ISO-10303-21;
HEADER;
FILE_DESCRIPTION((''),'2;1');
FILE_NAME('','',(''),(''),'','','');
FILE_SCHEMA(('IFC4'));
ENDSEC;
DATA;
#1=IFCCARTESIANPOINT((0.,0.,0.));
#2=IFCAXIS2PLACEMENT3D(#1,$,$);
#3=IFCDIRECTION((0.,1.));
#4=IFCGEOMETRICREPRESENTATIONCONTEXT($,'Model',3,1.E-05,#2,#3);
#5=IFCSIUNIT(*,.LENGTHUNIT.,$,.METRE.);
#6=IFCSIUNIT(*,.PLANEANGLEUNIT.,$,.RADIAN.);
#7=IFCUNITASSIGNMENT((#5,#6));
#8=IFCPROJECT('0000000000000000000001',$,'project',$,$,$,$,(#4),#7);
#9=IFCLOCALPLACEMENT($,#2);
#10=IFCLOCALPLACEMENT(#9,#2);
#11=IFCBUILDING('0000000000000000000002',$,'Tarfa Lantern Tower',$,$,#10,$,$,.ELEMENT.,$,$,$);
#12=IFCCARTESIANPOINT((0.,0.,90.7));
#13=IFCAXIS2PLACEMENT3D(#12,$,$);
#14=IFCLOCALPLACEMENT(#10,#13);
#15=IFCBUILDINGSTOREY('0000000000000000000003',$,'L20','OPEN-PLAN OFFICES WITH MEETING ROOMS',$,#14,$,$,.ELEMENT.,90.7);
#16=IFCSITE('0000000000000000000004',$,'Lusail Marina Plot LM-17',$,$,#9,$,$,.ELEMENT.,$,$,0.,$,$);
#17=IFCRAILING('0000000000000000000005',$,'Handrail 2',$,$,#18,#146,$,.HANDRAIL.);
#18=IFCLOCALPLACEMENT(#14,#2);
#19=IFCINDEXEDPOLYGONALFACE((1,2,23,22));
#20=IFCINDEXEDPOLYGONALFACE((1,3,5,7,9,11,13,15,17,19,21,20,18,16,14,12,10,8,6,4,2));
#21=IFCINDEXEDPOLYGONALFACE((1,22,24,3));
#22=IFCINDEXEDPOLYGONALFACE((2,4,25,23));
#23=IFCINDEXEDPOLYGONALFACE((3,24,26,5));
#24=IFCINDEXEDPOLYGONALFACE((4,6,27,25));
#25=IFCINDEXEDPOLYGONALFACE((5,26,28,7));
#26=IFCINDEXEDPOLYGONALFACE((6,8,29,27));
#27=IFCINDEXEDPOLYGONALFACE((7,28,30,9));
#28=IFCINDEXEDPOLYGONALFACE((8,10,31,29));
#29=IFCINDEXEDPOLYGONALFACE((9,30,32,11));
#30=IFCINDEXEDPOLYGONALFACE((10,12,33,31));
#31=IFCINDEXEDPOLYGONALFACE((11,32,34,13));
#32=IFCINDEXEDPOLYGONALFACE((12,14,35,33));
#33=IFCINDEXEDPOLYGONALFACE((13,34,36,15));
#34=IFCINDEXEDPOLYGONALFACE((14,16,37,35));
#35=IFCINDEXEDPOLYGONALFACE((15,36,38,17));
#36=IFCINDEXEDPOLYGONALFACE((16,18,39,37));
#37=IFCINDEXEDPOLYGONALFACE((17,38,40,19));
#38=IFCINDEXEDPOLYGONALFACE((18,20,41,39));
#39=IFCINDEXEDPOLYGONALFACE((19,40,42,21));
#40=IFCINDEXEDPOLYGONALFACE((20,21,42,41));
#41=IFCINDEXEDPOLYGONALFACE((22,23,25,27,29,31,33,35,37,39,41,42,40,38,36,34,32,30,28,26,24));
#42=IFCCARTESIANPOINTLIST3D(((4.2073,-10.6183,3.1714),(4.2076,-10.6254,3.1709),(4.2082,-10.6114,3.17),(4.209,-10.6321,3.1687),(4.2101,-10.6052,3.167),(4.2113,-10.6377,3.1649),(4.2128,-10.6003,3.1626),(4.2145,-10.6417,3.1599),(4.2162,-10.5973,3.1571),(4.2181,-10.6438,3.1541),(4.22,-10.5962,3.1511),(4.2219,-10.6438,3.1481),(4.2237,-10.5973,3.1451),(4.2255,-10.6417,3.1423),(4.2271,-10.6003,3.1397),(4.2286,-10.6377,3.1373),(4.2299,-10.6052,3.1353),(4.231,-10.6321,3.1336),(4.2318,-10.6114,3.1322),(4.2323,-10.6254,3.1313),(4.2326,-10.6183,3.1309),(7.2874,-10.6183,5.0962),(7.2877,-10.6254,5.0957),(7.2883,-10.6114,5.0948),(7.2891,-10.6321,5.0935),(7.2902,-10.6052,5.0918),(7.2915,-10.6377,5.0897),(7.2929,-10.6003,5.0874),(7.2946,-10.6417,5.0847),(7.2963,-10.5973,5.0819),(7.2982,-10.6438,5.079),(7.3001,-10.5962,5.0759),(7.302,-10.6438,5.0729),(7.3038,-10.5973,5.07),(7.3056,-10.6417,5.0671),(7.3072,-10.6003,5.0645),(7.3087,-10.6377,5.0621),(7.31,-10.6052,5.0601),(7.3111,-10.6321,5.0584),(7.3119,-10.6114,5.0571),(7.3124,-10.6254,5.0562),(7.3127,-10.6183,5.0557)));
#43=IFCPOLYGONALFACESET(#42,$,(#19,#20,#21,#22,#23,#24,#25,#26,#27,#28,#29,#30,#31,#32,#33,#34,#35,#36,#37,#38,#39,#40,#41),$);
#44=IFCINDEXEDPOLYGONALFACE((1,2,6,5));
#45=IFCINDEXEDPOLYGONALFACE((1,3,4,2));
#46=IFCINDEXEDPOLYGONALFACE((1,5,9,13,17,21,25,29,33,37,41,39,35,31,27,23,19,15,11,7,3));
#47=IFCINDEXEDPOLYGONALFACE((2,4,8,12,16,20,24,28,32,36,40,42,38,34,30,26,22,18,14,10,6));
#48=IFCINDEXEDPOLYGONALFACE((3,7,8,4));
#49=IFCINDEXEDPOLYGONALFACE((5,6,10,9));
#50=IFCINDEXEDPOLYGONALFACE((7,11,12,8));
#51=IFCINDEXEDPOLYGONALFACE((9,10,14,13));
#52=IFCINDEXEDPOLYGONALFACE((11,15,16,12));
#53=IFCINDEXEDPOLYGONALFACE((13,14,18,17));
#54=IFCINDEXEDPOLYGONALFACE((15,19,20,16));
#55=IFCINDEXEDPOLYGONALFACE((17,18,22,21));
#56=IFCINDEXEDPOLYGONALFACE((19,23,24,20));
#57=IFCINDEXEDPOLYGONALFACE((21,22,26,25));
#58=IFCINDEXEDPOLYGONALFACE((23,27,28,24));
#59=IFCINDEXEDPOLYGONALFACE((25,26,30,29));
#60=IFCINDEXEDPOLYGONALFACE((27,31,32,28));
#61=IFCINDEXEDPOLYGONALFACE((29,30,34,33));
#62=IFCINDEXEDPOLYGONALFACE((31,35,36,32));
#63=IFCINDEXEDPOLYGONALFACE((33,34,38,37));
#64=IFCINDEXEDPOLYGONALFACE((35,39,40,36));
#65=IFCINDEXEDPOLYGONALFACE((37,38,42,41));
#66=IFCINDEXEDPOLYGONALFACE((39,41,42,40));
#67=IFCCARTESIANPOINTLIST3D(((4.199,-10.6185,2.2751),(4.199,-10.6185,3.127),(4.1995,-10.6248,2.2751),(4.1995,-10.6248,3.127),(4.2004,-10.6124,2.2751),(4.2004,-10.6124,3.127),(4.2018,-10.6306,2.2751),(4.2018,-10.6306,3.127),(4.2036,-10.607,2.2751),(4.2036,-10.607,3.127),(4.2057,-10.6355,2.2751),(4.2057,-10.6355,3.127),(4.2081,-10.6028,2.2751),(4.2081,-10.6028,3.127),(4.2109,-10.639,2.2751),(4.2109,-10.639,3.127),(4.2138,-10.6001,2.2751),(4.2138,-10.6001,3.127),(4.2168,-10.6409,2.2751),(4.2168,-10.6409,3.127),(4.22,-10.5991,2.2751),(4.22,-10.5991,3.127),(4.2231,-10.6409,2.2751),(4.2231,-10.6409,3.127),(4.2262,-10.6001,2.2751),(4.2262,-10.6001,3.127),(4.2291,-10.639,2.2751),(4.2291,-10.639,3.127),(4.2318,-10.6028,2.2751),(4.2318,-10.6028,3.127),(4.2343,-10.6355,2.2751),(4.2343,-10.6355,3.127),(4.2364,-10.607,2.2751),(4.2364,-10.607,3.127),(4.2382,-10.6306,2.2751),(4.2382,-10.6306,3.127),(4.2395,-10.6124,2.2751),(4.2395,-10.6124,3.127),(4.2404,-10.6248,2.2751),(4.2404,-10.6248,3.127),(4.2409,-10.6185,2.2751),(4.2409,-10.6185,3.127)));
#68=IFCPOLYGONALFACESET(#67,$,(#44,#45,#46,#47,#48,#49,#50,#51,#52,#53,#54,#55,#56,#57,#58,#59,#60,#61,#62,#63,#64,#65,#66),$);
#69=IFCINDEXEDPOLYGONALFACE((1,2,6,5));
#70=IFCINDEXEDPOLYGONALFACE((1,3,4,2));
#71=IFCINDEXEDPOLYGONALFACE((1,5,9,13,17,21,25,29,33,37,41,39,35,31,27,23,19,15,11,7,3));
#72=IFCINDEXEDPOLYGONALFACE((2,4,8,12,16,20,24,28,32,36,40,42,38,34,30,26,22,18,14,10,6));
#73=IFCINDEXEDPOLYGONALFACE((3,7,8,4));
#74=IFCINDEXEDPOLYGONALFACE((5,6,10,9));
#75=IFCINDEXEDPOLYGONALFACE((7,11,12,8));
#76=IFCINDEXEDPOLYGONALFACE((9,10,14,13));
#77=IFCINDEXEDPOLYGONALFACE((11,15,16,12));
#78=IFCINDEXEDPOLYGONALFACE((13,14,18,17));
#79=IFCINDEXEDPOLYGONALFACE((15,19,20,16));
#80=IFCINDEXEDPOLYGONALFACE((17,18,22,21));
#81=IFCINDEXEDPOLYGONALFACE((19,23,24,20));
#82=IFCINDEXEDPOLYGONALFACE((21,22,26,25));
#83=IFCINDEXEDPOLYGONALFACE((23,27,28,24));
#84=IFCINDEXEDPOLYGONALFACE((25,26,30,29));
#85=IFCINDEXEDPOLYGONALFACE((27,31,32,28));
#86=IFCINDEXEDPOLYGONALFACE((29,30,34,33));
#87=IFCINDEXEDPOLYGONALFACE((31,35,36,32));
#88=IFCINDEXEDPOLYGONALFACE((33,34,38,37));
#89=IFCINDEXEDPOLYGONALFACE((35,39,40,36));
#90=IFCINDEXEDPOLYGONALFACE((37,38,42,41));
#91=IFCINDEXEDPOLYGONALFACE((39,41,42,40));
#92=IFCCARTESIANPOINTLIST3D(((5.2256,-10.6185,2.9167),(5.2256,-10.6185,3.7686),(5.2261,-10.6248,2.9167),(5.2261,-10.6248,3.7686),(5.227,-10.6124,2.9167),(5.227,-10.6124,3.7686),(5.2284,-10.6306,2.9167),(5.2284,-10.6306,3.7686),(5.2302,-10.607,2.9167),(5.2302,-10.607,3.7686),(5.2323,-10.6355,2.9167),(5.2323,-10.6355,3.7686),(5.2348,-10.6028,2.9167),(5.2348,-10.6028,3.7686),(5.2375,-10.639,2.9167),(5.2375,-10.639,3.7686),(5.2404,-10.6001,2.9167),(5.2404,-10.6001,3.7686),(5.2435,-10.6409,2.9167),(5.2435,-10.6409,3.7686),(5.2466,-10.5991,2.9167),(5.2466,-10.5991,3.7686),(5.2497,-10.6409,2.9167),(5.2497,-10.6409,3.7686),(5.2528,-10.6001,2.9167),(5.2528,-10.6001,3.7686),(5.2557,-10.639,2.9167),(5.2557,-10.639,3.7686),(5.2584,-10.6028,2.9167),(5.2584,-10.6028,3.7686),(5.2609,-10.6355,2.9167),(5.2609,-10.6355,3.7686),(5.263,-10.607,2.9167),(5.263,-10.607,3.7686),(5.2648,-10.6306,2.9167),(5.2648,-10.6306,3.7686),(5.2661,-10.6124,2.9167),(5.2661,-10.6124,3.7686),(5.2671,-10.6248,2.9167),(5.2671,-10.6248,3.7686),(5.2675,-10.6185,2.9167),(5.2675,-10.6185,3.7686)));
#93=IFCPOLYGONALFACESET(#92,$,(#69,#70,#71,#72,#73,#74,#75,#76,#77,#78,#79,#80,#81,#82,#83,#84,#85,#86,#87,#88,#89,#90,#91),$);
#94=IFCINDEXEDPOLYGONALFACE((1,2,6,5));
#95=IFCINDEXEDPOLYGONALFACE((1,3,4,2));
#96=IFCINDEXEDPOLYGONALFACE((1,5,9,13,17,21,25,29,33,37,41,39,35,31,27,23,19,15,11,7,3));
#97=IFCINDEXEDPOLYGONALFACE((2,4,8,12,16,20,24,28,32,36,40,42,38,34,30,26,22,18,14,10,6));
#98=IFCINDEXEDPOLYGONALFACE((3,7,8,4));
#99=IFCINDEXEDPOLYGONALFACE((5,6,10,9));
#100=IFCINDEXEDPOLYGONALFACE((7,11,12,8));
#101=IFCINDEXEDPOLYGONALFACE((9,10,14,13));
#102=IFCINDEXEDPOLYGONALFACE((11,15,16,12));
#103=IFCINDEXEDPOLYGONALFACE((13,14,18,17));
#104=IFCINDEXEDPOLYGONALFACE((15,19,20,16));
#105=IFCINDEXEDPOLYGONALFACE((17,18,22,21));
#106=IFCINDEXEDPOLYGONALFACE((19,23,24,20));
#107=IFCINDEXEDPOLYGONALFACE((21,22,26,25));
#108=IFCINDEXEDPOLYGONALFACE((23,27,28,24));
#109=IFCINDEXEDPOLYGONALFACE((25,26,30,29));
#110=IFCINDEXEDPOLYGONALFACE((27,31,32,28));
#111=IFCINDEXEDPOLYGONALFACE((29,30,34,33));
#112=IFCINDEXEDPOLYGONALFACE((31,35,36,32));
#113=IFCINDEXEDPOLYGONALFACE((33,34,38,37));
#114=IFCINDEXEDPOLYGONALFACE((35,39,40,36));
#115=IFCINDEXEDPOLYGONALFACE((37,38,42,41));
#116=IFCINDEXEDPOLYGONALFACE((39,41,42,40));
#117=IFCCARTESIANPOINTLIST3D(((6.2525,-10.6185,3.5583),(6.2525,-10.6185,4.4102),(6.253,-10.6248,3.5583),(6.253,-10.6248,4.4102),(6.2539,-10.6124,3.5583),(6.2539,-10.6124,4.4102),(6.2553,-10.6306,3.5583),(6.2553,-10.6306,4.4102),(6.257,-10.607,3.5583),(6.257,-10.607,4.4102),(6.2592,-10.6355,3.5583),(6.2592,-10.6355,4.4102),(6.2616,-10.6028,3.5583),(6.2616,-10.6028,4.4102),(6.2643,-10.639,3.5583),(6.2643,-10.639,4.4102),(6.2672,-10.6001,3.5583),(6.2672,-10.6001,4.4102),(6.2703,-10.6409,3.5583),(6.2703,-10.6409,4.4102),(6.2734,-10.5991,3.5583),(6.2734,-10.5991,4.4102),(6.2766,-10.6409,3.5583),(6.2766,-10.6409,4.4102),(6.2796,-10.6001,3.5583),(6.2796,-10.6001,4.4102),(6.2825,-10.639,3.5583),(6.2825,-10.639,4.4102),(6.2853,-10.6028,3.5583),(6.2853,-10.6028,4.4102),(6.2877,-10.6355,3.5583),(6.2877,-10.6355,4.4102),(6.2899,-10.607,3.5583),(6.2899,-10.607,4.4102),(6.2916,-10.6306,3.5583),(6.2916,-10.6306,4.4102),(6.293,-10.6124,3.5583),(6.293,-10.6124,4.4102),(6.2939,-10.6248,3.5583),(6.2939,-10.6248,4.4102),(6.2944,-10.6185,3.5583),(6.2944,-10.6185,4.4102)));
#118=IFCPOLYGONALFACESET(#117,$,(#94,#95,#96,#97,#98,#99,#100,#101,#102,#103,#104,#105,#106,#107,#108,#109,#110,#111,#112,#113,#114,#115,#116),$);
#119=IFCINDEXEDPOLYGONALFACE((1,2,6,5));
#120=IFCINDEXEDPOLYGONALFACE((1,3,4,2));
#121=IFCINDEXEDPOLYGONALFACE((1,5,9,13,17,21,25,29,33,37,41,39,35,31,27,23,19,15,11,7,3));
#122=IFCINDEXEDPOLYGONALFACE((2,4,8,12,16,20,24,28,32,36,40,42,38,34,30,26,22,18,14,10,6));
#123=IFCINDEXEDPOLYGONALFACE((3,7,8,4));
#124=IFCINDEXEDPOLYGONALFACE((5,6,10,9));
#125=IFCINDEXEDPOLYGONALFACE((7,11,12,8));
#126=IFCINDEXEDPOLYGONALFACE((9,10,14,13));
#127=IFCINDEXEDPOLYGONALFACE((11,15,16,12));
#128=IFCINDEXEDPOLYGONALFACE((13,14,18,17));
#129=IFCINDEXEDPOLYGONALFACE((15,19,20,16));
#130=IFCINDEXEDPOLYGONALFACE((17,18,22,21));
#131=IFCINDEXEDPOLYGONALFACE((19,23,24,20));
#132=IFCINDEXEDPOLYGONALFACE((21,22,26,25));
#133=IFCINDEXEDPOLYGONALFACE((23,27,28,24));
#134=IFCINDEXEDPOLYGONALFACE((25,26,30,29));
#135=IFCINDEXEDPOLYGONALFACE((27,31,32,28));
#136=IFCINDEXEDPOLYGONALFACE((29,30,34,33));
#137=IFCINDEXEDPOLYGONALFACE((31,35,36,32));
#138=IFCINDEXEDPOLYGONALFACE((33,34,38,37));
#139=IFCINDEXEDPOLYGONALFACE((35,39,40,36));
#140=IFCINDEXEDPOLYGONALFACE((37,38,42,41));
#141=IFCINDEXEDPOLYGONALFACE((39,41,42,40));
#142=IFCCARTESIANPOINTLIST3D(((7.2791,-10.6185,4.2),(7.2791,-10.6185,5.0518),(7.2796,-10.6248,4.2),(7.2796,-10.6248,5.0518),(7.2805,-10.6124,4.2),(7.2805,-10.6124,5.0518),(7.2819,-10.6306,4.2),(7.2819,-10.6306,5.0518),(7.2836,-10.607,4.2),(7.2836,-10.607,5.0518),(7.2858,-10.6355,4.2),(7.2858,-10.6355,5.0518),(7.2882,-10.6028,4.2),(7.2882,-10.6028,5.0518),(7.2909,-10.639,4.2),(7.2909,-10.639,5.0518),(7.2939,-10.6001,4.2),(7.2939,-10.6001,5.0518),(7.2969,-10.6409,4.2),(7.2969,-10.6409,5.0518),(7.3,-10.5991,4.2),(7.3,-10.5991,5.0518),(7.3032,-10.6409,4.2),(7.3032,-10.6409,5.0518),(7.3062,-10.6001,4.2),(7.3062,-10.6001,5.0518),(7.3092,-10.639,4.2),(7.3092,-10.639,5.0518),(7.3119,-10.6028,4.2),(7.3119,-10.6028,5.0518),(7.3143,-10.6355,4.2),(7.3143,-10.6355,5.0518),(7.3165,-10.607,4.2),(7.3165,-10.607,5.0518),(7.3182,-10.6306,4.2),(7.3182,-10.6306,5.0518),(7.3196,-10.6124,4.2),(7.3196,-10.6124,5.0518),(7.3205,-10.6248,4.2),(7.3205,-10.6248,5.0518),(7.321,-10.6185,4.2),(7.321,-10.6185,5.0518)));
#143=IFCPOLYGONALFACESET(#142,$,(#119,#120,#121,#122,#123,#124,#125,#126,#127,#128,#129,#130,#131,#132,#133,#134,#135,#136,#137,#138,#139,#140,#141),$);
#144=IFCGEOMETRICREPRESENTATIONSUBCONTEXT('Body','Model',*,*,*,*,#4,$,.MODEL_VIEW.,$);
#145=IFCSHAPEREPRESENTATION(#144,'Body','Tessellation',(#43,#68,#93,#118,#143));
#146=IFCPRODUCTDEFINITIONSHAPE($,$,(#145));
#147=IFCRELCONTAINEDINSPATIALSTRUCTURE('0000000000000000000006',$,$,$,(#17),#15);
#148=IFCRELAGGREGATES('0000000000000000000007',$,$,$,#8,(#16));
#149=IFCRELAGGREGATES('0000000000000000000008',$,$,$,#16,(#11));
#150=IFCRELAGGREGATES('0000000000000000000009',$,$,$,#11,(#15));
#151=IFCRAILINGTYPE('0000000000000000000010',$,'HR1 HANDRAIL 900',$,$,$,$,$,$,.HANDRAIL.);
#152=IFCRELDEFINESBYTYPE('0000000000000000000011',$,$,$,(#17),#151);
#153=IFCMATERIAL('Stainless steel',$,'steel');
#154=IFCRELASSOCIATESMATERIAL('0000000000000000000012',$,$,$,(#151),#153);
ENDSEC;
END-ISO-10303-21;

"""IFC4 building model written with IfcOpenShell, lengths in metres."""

from ifc_helpers import new_model, si_unit, direction, frame, origin, origin_2d, place, context, subcontext, project, spatial, circle, extrude, material, type_object, element, save


model = new_model("IFC4")

# Units and contexts
model_context = context("Model", 3, precision=1e-05, world=origin(), true_north=direction((0.0, 1.0)))
body_context = subcontext(model_context, "Body", "Model", "MODEL_VIEW")
ifc_project = project(units=[si_unit("LENGTHUNIT", "METRE"), si_unit("PLANEANGLEUNIT", "RADIAN")], contexts=[model_context])

# Site, building, storey
site_placement = place(None, origin())
site = spatial("IfcSite", under=ifc_project, at=site_placement, Name="Lusail Marina Plot LM-17", CompositionType="ELEMENT", RefElevation=0.0)
building_placement = place(site_placement, origin())
building = spatial("IfcBuilding", under=site, at=building_placement, Name="Tarfa Lantern Tower", CompositionType="ELEMENT")
storey_placement = place(building_placement, frame((0.0, 0.0, 90.7)))
storey = spatial("IfcBuildingStorey", under=building, at=storey_placement, Name="L20", Description="OPEN-PLAN OFFICES WITH MEETING ROOMS", CompositionType="ELEMENT", Elevation=90.7)

# Railing
ifc_material_1 = material(Name="Stainless steel", Category="steel")
railing_type = type_object("IfcRailingType", Name="HR1 HANDRAIL 900", PredefinedType="HANDRAIL", material=ifc_material_1)
railing_1_placement = place(storey_placement, frame((4.22, -10.6201, 2.2751)))
element("IfcRailing", 1, at=railing_1_placement, inside=storey, type_object=railing_type, Name="Handrail 2", PredefinedType="HANDRAIL", context=body_context, shape_type="SweptSolid", body=[
    extrude(circle(Radius=0.0239, at=origin_2d()), frame((0.0, 0.0, 0.876), z_axis=(0.848029, 0.0, 0.529951), x_axis=(0.0, 1.0, 0.0)), (0.0, 0.0, 1.0), 3.6321),
    extrude(circle(Radius=0.021, at=origin_2d()), frame((0.0, 0.0, 0.0), z_axis=(0.0, 0.0, 1.0), x_axis=(0.0, 1.0, 0.0)), (0.0, 0.0, 1.0), 0.8518),
    extrude(circle(Radius=0.021, at=origin_2d()), frame((1.0266, 0.0, 0.6416), z_axis=(0.0, 0.0, 1.0), x_axis=(0.0, 1.0, 0.0)), (0.0, 0.0, 1.0), 0.8518),
    extrude(circle(Radius=0.021, at=origin_2d()), frame((2.0535, 0.0, 1.2832), z_axis=(0.0, 0.0, 1.0), x_axis=(0.0, 1.0, 0.0)), (0.0, 0.0, 1.0), 0.8518),
    extrude(circle(Radius=0.021, at=origin_2d()), frame((3.0801, 0.0, 1.9248), z_axis=(0.0, 0.0, 1.0), x_axis=(0.0, 1.0, 0.0)), (0.0, 0.0, 1.0), 0.8518),
])

save(model, "model.ifc")
